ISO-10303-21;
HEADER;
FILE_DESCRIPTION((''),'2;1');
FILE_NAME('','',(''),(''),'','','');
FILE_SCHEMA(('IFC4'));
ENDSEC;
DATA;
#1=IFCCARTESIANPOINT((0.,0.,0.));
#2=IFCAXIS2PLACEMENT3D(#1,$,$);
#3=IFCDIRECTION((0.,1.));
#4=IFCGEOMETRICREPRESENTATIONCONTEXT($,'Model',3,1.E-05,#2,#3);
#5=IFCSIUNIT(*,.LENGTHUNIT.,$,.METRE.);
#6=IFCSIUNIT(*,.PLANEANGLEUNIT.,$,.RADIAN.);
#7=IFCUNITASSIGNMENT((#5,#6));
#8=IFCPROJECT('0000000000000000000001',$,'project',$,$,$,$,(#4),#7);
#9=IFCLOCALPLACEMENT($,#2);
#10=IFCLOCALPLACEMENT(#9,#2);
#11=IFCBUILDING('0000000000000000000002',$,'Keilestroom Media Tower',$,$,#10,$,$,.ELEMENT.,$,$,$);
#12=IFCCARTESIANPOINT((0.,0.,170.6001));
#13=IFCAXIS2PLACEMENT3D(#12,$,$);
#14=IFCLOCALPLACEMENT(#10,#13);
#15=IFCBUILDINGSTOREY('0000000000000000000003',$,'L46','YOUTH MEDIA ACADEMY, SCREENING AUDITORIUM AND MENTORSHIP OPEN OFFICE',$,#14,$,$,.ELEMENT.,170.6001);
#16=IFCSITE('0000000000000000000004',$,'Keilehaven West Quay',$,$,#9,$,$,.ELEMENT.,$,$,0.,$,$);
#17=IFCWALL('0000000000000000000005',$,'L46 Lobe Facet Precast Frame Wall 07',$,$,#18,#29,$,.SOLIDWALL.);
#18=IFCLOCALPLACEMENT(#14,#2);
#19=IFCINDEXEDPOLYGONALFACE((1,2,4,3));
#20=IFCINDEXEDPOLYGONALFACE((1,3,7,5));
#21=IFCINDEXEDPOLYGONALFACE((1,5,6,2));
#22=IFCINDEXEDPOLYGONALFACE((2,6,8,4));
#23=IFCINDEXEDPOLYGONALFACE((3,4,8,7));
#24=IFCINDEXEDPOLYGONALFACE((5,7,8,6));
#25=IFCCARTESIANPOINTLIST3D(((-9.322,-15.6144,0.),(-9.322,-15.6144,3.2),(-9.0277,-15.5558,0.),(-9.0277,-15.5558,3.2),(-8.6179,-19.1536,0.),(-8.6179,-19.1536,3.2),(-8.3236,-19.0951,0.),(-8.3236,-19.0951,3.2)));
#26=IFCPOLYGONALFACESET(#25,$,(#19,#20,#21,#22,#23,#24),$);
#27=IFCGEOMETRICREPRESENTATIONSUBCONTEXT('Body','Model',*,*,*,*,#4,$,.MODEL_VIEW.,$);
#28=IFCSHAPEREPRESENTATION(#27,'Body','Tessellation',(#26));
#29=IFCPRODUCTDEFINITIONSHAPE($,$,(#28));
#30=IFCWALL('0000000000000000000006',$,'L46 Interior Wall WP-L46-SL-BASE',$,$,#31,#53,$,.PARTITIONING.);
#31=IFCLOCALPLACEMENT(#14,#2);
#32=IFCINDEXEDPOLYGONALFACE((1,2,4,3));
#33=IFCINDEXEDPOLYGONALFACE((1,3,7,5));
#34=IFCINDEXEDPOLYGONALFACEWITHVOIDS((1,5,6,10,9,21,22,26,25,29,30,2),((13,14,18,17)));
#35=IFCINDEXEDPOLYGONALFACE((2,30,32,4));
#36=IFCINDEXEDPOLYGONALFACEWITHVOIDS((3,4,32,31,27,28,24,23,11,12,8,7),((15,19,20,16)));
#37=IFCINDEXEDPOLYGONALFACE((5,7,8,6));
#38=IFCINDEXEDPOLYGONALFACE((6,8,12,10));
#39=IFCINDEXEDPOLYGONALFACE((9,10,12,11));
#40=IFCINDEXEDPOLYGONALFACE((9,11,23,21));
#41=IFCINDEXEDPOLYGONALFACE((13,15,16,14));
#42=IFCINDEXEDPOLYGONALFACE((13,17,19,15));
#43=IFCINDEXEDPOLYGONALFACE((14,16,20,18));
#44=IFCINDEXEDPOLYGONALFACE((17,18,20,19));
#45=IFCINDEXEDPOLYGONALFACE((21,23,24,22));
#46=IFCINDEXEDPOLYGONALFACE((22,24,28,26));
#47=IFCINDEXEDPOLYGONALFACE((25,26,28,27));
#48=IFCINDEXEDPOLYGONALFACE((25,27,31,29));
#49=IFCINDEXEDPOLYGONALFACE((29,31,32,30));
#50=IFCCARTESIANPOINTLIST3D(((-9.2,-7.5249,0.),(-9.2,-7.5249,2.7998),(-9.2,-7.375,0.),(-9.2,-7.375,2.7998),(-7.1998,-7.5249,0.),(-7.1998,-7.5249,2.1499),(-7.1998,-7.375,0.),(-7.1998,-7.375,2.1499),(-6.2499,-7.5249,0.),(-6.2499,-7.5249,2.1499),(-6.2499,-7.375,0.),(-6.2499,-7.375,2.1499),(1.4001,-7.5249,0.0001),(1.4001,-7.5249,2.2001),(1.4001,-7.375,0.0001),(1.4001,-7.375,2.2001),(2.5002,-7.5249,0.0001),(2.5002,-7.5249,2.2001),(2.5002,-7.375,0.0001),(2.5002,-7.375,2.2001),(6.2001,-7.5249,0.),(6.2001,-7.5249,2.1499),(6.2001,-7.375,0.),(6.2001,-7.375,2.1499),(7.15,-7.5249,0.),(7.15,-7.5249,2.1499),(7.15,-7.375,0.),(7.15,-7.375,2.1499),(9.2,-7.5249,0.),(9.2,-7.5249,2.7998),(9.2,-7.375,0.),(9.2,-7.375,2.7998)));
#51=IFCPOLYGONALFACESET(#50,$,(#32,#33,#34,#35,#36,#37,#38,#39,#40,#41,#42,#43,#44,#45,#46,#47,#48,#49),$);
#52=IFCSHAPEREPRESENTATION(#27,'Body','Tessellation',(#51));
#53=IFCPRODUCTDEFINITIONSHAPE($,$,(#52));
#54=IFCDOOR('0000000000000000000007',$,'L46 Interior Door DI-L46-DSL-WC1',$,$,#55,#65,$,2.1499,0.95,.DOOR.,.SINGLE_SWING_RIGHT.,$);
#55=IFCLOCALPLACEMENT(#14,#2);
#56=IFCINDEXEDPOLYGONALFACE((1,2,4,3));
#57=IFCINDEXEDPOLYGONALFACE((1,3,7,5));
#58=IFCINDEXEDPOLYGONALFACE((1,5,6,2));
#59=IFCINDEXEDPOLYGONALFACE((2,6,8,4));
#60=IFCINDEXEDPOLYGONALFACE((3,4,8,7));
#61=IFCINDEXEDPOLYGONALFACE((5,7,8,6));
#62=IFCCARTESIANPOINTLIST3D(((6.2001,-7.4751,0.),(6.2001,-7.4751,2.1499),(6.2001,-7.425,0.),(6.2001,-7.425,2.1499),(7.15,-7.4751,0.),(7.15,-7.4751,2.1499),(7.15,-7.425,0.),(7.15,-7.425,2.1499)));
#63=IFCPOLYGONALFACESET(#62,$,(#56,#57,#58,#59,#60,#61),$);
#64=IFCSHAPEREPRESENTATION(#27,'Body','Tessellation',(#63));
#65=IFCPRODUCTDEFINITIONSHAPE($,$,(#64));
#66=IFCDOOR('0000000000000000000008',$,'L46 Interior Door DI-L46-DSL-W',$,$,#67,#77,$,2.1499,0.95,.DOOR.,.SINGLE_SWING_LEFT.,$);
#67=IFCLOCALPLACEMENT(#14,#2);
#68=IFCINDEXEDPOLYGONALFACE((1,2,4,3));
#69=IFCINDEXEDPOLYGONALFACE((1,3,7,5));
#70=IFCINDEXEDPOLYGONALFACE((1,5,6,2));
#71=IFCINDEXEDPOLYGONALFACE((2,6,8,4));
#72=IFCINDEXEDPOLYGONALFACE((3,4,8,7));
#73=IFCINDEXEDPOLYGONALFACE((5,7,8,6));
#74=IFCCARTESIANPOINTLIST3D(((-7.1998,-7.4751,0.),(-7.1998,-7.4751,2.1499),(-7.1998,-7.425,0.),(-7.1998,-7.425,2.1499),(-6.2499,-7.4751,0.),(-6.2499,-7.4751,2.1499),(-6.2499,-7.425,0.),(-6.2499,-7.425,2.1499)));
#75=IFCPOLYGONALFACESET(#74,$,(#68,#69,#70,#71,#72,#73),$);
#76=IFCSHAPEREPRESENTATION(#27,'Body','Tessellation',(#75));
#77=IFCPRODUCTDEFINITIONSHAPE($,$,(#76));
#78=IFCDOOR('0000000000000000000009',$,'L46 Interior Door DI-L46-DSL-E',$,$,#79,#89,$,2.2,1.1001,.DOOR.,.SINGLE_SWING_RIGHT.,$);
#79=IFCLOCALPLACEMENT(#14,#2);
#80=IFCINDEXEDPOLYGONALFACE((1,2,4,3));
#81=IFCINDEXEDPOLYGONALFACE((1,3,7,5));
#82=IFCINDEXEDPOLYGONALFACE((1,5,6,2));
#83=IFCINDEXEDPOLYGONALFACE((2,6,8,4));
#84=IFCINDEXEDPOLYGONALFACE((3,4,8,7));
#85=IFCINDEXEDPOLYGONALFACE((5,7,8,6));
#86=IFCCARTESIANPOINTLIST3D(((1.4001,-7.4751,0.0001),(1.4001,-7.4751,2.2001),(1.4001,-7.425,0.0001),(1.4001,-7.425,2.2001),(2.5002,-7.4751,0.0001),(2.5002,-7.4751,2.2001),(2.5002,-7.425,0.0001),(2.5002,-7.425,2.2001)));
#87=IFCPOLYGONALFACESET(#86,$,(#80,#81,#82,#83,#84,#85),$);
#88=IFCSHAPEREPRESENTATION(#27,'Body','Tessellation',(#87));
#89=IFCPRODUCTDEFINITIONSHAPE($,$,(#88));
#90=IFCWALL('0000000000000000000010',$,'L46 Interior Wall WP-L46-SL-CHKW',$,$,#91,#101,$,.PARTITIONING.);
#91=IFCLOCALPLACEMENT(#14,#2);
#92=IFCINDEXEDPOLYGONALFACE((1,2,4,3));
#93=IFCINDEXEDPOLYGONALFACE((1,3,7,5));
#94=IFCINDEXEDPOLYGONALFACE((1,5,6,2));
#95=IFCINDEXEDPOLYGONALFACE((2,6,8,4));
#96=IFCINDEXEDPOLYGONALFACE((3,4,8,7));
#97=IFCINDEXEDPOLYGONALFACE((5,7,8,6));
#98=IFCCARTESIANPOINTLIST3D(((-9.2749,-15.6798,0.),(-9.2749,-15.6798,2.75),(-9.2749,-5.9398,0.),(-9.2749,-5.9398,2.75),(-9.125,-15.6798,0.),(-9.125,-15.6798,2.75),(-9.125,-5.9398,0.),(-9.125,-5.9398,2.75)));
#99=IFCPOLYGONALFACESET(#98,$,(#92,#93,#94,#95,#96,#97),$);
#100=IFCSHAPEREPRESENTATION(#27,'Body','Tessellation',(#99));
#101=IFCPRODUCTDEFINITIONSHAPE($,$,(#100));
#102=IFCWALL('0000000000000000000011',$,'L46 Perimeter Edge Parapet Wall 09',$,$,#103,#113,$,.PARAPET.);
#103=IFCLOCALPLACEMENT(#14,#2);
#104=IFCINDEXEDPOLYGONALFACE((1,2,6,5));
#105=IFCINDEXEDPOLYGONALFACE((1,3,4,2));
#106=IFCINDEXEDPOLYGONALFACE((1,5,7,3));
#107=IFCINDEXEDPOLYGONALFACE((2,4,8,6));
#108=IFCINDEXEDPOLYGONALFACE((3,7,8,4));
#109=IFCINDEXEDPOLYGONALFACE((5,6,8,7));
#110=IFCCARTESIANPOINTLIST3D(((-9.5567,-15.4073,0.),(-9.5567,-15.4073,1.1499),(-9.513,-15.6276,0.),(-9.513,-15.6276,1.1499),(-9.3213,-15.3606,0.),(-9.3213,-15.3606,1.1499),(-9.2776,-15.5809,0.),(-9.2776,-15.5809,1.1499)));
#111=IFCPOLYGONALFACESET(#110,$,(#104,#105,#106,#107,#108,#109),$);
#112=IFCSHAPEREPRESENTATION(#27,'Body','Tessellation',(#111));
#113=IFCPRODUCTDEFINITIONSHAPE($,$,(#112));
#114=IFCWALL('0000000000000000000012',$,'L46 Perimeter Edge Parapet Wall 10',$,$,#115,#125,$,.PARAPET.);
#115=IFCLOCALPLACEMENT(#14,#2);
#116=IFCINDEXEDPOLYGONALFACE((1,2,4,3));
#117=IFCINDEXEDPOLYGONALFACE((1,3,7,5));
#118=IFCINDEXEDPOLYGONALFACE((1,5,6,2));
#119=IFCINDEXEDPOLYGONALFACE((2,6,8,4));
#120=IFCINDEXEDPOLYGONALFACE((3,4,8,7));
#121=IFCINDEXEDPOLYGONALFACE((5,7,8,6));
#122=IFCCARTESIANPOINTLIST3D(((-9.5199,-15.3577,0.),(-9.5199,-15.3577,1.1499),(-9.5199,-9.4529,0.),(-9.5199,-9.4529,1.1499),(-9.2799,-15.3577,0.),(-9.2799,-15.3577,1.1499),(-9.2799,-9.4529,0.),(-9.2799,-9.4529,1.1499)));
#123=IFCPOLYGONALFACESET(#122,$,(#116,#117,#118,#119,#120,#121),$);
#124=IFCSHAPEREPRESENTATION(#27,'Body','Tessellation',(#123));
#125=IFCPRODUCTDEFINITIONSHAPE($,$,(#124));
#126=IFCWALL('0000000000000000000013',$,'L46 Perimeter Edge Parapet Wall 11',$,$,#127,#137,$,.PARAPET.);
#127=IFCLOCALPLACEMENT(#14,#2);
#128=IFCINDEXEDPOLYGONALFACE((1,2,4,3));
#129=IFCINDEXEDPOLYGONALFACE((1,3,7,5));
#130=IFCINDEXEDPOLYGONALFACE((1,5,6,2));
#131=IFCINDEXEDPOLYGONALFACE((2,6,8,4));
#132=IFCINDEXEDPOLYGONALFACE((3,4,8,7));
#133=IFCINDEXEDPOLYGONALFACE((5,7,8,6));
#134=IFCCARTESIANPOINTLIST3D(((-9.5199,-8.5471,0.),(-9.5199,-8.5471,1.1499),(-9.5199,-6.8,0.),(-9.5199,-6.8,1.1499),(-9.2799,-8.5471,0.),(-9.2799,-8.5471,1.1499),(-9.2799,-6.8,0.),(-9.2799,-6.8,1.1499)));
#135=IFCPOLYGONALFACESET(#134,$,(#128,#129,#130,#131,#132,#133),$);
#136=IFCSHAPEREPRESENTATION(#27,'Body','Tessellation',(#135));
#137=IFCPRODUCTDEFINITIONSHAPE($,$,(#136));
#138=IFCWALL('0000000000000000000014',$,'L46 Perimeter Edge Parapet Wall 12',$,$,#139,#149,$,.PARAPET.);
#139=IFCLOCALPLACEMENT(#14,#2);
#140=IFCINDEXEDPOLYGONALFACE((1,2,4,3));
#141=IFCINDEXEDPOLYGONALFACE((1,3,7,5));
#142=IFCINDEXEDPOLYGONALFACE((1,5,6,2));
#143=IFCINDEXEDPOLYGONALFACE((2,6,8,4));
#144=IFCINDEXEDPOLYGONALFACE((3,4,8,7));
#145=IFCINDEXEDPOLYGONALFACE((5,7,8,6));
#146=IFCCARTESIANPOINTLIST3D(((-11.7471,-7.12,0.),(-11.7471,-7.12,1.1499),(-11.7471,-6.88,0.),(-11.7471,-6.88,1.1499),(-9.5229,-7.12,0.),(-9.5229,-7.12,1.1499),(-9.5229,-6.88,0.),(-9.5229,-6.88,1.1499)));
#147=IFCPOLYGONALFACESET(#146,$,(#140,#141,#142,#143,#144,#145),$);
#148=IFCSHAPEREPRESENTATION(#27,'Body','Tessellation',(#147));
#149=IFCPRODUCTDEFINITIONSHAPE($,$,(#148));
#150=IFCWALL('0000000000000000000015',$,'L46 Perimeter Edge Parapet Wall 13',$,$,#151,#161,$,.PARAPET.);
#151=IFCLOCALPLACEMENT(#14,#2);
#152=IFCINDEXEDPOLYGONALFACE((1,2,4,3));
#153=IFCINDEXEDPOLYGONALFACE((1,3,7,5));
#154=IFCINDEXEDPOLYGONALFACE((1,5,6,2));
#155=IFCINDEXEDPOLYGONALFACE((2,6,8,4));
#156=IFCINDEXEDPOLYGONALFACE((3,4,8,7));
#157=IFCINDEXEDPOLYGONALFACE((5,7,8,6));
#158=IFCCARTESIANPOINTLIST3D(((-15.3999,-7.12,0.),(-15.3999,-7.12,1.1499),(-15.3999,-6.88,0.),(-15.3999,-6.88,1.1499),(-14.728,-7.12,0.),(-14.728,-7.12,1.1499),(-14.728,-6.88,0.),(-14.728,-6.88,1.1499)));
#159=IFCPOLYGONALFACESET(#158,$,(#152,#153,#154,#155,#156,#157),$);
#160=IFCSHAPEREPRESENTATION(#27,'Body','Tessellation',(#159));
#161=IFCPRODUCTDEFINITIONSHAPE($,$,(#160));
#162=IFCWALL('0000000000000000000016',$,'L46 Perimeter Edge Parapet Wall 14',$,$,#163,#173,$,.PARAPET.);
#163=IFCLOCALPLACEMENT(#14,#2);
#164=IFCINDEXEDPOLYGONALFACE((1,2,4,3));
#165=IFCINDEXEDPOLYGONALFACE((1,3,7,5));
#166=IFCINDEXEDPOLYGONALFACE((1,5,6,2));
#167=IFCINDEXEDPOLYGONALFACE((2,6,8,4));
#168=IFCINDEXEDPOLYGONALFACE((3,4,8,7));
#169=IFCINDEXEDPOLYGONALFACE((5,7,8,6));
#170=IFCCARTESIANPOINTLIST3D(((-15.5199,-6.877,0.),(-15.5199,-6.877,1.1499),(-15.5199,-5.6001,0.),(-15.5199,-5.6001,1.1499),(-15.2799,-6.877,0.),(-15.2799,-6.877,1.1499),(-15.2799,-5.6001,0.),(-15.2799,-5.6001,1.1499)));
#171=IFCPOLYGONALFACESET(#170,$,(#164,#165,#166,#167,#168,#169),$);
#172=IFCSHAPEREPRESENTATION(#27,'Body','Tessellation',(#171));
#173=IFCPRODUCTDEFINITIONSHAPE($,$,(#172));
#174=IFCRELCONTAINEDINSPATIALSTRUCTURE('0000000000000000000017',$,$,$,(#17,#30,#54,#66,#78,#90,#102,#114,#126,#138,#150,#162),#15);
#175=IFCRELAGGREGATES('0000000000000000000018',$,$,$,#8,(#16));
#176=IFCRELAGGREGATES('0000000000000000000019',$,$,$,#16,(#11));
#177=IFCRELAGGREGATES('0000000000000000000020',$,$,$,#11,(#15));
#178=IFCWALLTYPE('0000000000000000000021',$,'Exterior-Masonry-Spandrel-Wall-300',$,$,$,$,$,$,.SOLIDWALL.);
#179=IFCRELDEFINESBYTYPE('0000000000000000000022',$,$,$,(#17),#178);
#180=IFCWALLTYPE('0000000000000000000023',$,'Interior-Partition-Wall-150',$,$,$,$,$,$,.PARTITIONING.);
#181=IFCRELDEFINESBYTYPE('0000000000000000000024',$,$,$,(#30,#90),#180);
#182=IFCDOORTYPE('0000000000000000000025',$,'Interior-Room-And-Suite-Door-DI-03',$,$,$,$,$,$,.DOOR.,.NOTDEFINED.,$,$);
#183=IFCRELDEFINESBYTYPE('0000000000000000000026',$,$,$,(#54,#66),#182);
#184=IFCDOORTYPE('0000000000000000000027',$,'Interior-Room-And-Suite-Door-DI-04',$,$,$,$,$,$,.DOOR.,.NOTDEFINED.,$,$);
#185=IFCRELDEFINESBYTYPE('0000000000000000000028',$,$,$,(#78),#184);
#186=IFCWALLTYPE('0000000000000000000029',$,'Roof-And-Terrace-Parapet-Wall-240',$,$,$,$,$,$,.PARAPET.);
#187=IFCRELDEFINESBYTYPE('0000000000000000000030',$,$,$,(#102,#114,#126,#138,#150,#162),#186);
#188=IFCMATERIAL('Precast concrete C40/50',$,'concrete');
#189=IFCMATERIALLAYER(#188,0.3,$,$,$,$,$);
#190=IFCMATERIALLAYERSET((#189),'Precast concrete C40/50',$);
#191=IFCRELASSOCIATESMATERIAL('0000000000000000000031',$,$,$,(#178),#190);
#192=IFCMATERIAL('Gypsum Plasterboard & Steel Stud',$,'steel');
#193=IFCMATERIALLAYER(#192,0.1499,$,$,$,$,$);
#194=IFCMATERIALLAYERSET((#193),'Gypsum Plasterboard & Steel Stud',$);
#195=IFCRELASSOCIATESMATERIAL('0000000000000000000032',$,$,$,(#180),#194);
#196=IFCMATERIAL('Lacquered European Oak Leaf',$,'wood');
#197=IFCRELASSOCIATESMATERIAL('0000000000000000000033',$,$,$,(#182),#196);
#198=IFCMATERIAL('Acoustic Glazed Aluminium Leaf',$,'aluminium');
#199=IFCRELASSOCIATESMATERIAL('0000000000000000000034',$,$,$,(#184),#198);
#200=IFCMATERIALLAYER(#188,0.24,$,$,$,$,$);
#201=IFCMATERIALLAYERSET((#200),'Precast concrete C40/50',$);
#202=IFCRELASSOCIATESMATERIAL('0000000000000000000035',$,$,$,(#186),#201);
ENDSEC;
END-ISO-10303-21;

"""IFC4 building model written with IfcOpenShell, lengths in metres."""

from ifc_helpers import new_model, si_unit, direction, frame, frame_2d, origin, place, context, subcontext, project, spatial, rectangle, extrude, source, transform, mapped, material, layer, layer_set, type_object, element, fill, save


model = new_model("IFC4")

# Units and contexts
model_context = context("Model", 3, precision=1e-05, world=origin(), true_north=direction((0.0, 1.0)))
body_context = subcontext(model_context, "Body", "Model", "MODEL_VIEW")
ifc_project = project(units=[si_unit("LENGTHUNIT", "METRE"), si_unit("PLANEANGLEUNIT", "RADIAN")], contexts=[model_context])

# Site, building, storey
site_placement = place(None, origin())
site = spatial("IfcSite", under=ifc_project, at=site_placement, Name="Keilehaven West Quay", CompositionType="ELEMENT", RefElevation=0.0)
building_placement = place(site_placement, origin())
building = spatial("IfcBuilding", under=site, at=building_placement, Name="Keilestroom Media Tower", CompositionType="ELEMENT")
storey_placement = place(building_placement, frame((0.0, 0.0, 170.6001)))
storey = spatial("IfcBuildingStorey", under=building, at=storey_placement, Name="L46", Description="YOUTH MEDIA ACADEMY, SCREENING AUDITORIUM AND MENTORSHIP OPEN OFFICE", CompositionType="ELEMENT", Elevation=170.6001)

# Shared definitions
ifc_material_1 = material(Name="Precast concrete C40/50", Category="concrete")

# Wall
ifc_layer_1 = layer(ifc_material_1, 0.3)
ifc_layer_set_1 = layer_set([ifc_layer_1], Name="Precast concrete C40/50")
wall_type_1 = type_object("IfcWallType", Name="Exterior-Masonry-Spandrel-Wall-300", PredefinedType="SOLIDWALL", material=ifc_layer_set_1)
wall_1_placement = place(storey_placement, frame((-9.1748, -15.5852, 0.0), z_axis=(0.0, 0.0, 1.0), x_axis=(0.195114, -0.980781, 0.0)))
element("IfcWall", 1, at=wall_1_placement, inside=storey, type_object=wall_type_1, Name="L46 Lobe Facet Precast Frame Wall 07", PredefinedType="SOLIDWALL", context=body_context, shape_type="SweptSolid", body=[
    extrude(rectangle(XDim=3.6086, YDim=0.3, at=frame_2d((1.8042, 0.0))), origin(), (0.0, 0.0, 1.0), 3.2),
])

# Wall, openings, doors
ifc_material_2 = material(Name="Gypsum Plasterboard & Steel Stud", Category="steel")
ifc_layer_2 = layer(ifc_material_2, 0.1499)
ifc_layer_set_2 = layer_set([ifc_layer_2], Name="Gypsum Plasterboard & Steel Stud")
wall_type_2 = type_object("IfcWallType", Name="Interior-Partition-Wall-150", PredefinedType="PARTITIONING", material=ifc_layer_set_2)
wall_2_placement = place(storey_placement, frame((-9.2, -7.45, 0.0), z_axis=(0.0, 0.0, 1.0), x_axis=(1.0, 0.0, 0.0)))
wall_2 = element("IfcWall", 2, at=wall_2_placement, inside=storey, type_object=wall_type_2, Name="L46 Interior Wall WP-L46-SL-BASE", PredefinedType="PARTITIONING", context=body_context, shape_type="SweptSolid", body=[
    extrude(rectangle(XDim=18.3999, YDim=0.1499, at=frame_2d((9.2, 0.0))), origin(), (0.0, 0.0, 1.0), 2.7998),
])
opening_1_placement = place(wall_2_placement, frame((15.3999, 0.0, 0.0)))
opening_1 = element("IfcOpeningElement", 3, at=opening_1_placement, cuts=wall_2, PredefinedType="OPENING", context=body_context, shape_type="SweptSolid", body=[
    extrude(rectangle(XDim=0.95, YDim=2.1499, at=frame_2d((0.4751, 1.075))), frame((0.0, 0.085, 0.0), z_axis=(0.0, -1.0, 0.0), x_axis=(1.0, 0.0, 0.0)), (0.0, 0.0, 1.0), 0.1699),
])
opening_2_placement = place(wall_2_placement, frame((2.0, 0.0, 0.0)))
opening_2 = element("IfcOpeningElement", 4, at=opening_2_placement, cuts=wall_2, PredefinedType="OPENING", context=body_context, shape_type="SweptSolid", body=[
    extrude(rectangle(XDim=0.95, YDim=2.1499, at=frame_2d((0.4751, 1.075))), frame((0.0, 0.085, 0.0), z_axis=(0.0, -1.0, 0.0), x_axis=(1.0, 0.0, 0.0)), (0.0, 0.0, 1.0), 0.1699),
])
opening_3_placement = place(wall_2_placement, frame((10.6001, 0.0, 0.0)))
opening_3 = element("IfcOpeningElement", 5, at=opening_3_placement, cuts=wall_2, PredefinedType="OPENING", context=body_context, shape_type="SweptSolid", body=[
    extrude(rectangle(XDim=1.1001, YDim=2.2, at=frame_2d((0.55, 1.1001))), frame((0.0, 0.085, 0.0), z_axis=(0.0, -1.0, 0.0), x_axis=(1.0, 0.0, 0.0)), (0.0, 0.0, 1.0), 0.1699),
])
ifc_material_3 = material(Name="Lacquered European Oak Leaf", Category="wood")
door_type_1 = type_object("IfcDoorType", Name="Interior-Room-And-Suite-Door-DI-03", OperationType="NOTDEFINED", PredefinedType="DOOR", material=ifc_material_3)
shared_shape_1 = source(origin(), body_context, "Body", "SweptSolid", [
    extrude(rectangle(XDim=0.95, YDim=2.1499, at=frame_2d((0.4751, 1.075))), frame((0.0, 0.0249, 0.0), z_axis=(0.0, -1.0, 0.0), x_axis=(1.0, 0.0, 0.0)), (0.0, 0.0, 1.0), 0.05),
])
door_1_placement = place(opening_1_placement, origin())
door_1 = element("IfcDoor", 6, at=door_1_placement, inside=storey, type_object=door_type_1, Name="L46 Interior Door DI-L46-DSL-WC1", OperationType="SINGLE_SWING_RIGHT", OverallHeight=2.1499, OverallWidth=0.95, PredefinedType="DOOR", context=body_context, shape_type="MappedRepresentation", body=[
    mapped(shared_shape_1, transform((0.0, 0.0, 0.0), x_axis=(1.0, 0.0, 0.0), y_axis=(0.0, 1.0, 0.0), z_axis=(0.0, 0.0, 1.0), scale=1.0)),
])
fill(opening_1, door_1)
door_2_placement = place(opening_2_placement, origin())
door_2 = element("IfcDoor", 7, at=door_2_placement, inside=storey, type_object=door_type_1, Name="L46 Interior Door DI-L46-DSL-W", OperationType="SINGLE_SWING_LEFT", OverallHeight=2.1499, OverallWidth=0.95, PredefinedType="DOOR", context=body_context, shape_type="MappedRepresentation", body=[
    mapped(shared_shape_1, transform((0.0, 0.0, 0.0), x_axis=(1.0, 0.0, 0.0), y_axis=(0.0, 1.0, 0.0), z_axis=(0.0, 0.0, 1.0), scale=1.0)),
])
fill(opening_2, door_2)
ifc_material_4 = material(Name="Acoustic Glazed Aluminium Leaf", Category="aluminium")
door_type_2 = type_object("IfcDoorType", Name="Interior-Room-And-Suite-Door-DI-04", OperationType="NOTDEFINED", PredefinedType="DOOR", material=ifc_material_4)
shared_shape_2 = source(origin(), body_context, "Body", "SweptSolid", [
    extrude(rectangle(XDim=1.1001, YDim=2.2, at=frame_2d((0.55, 1.1001))), frame((0.0, 0.0249, 0.0), z_axis=(0.0, -1.0, 0.0), x_axis=(1.0, 0.0, 0.0)), (0.0, 0.0, 1.0), 0.05),
])
door_3_placement = place(opening_3_placement, origin())
door_3 = element("IfcDoor", 8, at=door_3_placement, inside=storey, type_object=door_type_2, Name="L46 Interior Door DI-L46-DSL-E", OperationType="SINGLE_SWING_RIGHT", OverallHeight=2.2, OverallWidth=1.1001, PredefinedType="DOOR", context=body_context, shape_type="MappedRepresentation", body=[
    mapped(shared_shape_2, transform((0.0, 0.0, 0.0), x_axis=(1.0, 0.0, 0.0), y_axis=(0.0, 1.0, 0.0), z_axis=(0.0, 0.0, 1.0), scale=1.0)),
])
fill(opening_3, door_3)

# Walls
wall_3_placement = place(storey_placement, frame((-9.2, -15.6799, 0.0), z_axis=(0.0, 0.0, 1.0), x_axis=(0.0, 1.0, 0.0)))
element("IfcWall", 9, at=wall_3_placement, inside=storey, type_object=wall_type_2, Name="L46 Interior Wall WP-L46-SL-CHKW", PredefinedType="PARTITIONING", context=body_context, shape_type="SweptSolid", body=[
    extrude(rectangle(XDim=9.74, YDim=0.1499, at=frame_2d((4.8701, 0.0))), origin(), (0.0, 0.0, 1.0), 2.75),
])
ifc_layer_3 = layer(ifc_material_1, 0.24)
ifc_layer_set_3 = layer_set([ifc_layer_3], Name="Precast concrete C40/50")
wall_type_3 = type_object("IfcWallType", Name="Roof-And-Terrace-Parapet-Wall-240", PredefinedType="PARAPET", material=ifc_layer_set_3)
wall_4_placement = place(storey_placement, frame((-9.3953, -15.6042, 0.0), z_axis=(0.0, 0.0, 1.0), x_axis=(-0.194652, 0.980872, 0.0)))
element("IfcWall", 10, at=wall_4_placement, inside=storey, type_object=wall_type_3, Name="L46 Perimeter Edge Parapet Wall 09", PredefinedType="PARAPET", context=body_context, shape_type="SweptSolid", body=[
    extrude(rectangle(XDim=0.2246, YDim=0.24, at=frame_2d((0.1123, 0.0))), origin(), (0.0, 0.0, 1.0), 1.1499),
])
wall_5_placement = place(storey_placement, frame((-9.3999, -15.3577, 0.0), z_axis=(0.0, 0.0, 1.0), x_axis=(0.0, 1.0, 0.0)))
element("IfcWall", 11, at=wall_5_placement, inside=storey, type_object=wall_type_3, Name="L46 Perimeter Edge Parapet Wall 10", PredefinedType="PARAPET", context=body_context, shape_type="SweptSolid", body=[
    extrude(rectangle(XDim=5.9048, YDim=0.24, at=frame_2d((2.9524, 0.0))), origin(), (0.0, 0.0, 1.0), 1.1499),
])
wall_6_placement = place(storey_placement, frame((-9.3999, -8.5471, 0.0), z_axis=(0.0, 0.0, 1.0), x_axis=(0.0, 1.0, 0.0)))
element("IfcWall", 12, at=wall_6_placement, inside=storey, type_object=wall_type_3, Name="L46 Perimeter Edge Parapet Wall 11", PredefinedType="PARAPET", context=body_context, shape_type="SweptSolid", body=[
    extrude(rectangle(XDim=1.7471, YDim=0.24, at=frame_2d((0.8735, 0.0))), origin(), (0.0, 0.0, 1.0), 1.1499),
])
wall_7_placement = place(storey_placement, frame((-9.5229, -7.0, 0.0), z_axis=(0.0, 0.0, 1.0), x_axis=(-1.0, 0.0, 0.0)))
element("IfcWall", 13, at=wall_7_placement, inside=storey, type_object=wall_type_3, Name="L46 Perimeter Edge Parapet Wall 12", PredefinedType="PARAPET", context=body_context, shape_type="SweptSolid", body=[
    extrude(rectangle(XDim=2.2241, YDim=0.24, at=frame_2d((1.1121, 0.0))), origin(), (0.0, 0.0, 1.0), 1.1499),
])
wall_8_placement = place(storey_placement, frame((-14.728, -7.0, 0.0), z_axis=(0.0, 0.0, 1.0), x_axis=(-1.0, 0.0, 0.0)))
element("IfcWall", 14, at=wall_8_placement, inside=storey, type_object=wall_type_3, Name="L46 Perimeter Edge Parapet Wall 13", PredefinedType="PARAPET", context=body_context, shape_type="SweptSolid", body=[
    extrude(rectangle(XDim=0.6719, YDim=0.24, at=frame_2d((0.3359, 0.0))), origin(), (0.0, 0.0, 1.0), 1.1499),
])
wall_9_placement = place(storey_placement, frame((-15.3999, -6.877, 0.0), z_axis=(0.0, 0.0, 1.0), x_axis=(0.0, 1.0, 0.0)))
element("IfcWall", 15, at=wall_9_placement, inside=storey, type_object=wall_type_3, Name="L46 Perimeter Edge Parapet Wall 14", PredefinedType="PARAPET", context=body_context, shape_type="SweptSolid", body=[
    extrude(rectangle(XDim=1.2769, YDim=0.24, at=frame_2d((0.6384, 0.0))), origin(), (0.0, 0.0, 1.0), 1.1499),
])

save(model, "model.ifc")
